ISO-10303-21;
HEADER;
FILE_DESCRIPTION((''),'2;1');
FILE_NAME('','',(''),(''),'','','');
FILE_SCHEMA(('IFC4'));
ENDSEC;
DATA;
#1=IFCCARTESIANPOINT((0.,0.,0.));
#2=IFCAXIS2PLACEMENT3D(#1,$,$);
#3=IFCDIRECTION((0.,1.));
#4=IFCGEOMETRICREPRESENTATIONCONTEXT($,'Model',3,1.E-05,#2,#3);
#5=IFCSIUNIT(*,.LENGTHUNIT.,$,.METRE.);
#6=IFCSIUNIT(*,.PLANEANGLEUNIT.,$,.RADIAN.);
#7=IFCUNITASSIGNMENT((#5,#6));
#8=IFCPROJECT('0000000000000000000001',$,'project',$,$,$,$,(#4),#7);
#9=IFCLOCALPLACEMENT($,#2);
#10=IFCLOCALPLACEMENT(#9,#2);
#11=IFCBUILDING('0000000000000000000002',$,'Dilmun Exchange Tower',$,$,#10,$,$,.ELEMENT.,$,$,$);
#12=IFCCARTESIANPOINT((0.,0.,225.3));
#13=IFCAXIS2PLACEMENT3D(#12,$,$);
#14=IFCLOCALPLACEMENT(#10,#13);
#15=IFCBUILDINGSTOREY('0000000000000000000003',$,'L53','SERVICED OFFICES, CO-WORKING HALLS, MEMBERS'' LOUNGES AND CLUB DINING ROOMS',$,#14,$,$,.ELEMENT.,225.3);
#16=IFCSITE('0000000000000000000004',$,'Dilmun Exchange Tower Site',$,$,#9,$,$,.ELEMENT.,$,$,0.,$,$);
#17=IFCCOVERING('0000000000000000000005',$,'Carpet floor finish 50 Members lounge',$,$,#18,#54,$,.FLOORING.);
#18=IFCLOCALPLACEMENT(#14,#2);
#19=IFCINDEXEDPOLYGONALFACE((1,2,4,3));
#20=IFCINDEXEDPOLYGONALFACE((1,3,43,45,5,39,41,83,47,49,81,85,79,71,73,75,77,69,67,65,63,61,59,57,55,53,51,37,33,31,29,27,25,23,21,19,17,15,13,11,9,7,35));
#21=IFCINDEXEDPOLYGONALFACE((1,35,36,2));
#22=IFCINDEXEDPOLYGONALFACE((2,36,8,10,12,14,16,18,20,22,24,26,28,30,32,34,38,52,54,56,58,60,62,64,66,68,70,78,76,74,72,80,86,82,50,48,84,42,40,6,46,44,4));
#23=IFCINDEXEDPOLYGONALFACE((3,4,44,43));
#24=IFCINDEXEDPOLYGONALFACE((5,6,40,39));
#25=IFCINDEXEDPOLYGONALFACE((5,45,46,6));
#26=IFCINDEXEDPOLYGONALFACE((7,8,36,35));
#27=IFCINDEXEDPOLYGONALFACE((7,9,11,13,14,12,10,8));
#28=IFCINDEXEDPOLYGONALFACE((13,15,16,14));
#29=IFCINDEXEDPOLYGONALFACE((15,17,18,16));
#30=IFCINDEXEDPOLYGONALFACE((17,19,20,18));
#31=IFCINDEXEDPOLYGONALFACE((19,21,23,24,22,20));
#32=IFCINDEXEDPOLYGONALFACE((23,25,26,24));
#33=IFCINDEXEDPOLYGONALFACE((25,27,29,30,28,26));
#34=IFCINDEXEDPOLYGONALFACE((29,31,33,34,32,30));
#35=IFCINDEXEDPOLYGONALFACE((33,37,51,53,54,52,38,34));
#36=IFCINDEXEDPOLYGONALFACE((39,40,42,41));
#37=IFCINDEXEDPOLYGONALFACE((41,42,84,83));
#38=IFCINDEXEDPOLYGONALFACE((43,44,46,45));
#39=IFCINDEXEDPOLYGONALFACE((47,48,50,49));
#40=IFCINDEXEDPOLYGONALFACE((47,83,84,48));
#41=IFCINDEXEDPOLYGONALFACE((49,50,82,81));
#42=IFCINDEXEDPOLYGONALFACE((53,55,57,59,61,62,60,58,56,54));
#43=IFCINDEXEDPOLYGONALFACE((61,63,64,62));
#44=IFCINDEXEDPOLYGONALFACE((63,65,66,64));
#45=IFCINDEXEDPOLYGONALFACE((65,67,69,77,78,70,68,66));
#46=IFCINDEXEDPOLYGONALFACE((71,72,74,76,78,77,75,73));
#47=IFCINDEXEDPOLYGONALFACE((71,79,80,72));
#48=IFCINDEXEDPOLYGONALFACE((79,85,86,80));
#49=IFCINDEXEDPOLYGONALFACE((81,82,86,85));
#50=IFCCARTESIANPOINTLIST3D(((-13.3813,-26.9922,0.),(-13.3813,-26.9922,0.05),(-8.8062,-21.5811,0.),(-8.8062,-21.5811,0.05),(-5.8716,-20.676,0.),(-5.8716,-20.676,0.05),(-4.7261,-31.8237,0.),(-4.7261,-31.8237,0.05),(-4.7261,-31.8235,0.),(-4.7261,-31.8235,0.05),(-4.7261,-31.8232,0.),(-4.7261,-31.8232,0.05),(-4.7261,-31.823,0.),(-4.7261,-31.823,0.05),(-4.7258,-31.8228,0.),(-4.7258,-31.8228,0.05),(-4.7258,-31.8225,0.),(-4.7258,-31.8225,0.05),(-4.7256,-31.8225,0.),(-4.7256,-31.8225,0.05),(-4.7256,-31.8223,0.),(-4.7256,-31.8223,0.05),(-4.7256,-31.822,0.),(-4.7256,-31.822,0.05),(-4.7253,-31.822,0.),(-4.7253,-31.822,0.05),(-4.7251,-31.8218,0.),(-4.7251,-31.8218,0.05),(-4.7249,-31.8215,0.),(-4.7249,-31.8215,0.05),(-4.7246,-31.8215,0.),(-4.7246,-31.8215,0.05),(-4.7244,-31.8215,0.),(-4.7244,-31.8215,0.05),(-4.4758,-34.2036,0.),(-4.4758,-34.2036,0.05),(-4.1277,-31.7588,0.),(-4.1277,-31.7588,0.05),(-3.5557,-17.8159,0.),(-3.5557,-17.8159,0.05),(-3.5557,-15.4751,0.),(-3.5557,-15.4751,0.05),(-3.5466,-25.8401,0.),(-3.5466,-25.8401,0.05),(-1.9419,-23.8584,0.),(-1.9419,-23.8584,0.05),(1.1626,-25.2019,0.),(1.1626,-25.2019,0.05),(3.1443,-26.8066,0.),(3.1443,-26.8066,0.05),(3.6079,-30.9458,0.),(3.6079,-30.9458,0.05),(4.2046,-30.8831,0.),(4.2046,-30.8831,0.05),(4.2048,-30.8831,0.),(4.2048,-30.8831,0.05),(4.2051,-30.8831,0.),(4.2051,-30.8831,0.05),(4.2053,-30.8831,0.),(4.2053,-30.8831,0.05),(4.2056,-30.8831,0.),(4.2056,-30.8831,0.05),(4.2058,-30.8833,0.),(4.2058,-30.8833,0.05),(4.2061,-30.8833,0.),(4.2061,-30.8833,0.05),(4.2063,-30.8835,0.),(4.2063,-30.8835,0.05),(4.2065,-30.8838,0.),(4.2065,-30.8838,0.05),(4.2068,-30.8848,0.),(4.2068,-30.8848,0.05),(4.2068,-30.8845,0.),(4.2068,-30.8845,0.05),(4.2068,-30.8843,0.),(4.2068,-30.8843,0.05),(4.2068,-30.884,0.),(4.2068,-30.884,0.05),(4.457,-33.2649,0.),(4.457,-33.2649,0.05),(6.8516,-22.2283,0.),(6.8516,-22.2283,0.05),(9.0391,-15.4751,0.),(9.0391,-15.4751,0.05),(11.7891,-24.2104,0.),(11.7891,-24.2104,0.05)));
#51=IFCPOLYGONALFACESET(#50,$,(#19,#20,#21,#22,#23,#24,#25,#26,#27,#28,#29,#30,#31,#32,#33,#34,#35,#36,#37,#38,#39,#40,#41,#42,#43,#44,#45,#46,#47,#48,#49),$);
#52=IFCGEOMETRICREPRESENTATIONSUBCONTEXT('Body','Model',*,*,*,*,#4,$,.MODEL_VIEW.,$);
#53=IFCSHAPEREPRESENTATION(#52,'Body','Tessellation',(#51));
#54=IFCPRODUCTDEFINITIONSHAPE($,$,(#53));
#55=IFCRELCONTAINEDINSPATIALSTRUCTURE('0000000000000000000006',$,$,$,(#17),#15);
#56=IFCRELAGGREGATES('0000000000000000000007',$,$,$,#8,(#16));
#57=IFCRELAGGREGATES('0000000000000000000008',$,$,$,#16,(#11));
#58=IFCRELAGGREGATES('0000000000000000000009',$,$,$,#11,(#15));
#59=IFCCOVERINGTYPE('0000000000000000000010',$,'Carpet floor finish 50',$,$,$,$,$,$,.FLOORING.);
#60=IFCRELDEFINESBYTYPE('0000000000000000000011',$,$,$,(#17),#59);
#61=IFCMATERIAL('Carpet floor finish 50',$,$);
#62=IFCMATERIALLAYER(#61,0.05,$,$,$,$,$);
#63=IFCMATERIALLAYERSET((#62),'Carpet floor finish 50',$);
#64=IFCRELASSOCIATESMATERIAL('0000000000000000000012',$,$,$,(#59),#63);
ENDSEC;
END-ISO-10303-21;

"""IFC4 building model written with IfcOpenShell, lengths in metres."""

from ifc_helpers import new_model, si_unit, direction, frame, origin, place, context, subcontext, project, spatial, polyline, outline, extrude, material, layer, layer_set, type_object, element, save


model = new_model("IFC4")

# Units and contexts
model_context = context("Model", 3, precision=1e-05, world=origin(), true_north=direction((0.0, 1.0)))
body_context = subcontext(model_context, "Body", "Model", "MODEL_VIEW")
ifc_project = project(units=[si_unit("LENGTHUNIT", "METRE"), si_unit("PLANEANGLEUNIT", "RADIAN")], contexts=[model_context])

# Site, building, storey
site_placement = place(None, origin())
site = spatial("IfcSite", under=ifc_project, at=site_placement, Name="Dilmun Exchange Tower Site", CompositionType="ELEMENT", RefElevation=0.0)
building_placement = place(site_placement, origin())
building = spatial("IfcBuilding", under=site, at=building_placement, Name="Dilmun Exchange Tower", CompositionType="ELEMENT")
storey_placement = place(building_placement, frame((0.0, 0.0, 225.3)))
storey = spatial("IfcBuildingStorey", under=building, at=storey_placement, Name="L53", Description="SERVICED OFFICES, CO-WORKING HALLS, MEMBERS' LOUNGES AND CLUB DINING ROOMS", CompositionType="ELEMENT", Elevation=225.3)

# Covering
ifc_material_1 = material(Name="Carpet floor finish 50")
ifc_layer_1 = layer(ifc_material_1, 0.05)
ifc_layer_set_1 = layer_set([ifc_layer_1], Name="Carpet floor finish 50")
covering_type_1 = type_object("IfcCoveringType", Name="Carpet floor finish 50", PredefinedType="FLOORING", material=ifc_layer_set_1)
covering_1_placement = place(storey_placement, origin())
element("IfcCovering", 1, at=covering_1_placement, inside=storey, type_object=covering_type_1, Name="Carpet floor finish 50 Members lounge", PredefinedType="FLOORING", context=body_context, shape_type="SweptSolid", body=[
    extrude(outline(polyline([(-3.5557, -15.4751), (9.0391, -15.4751), (1.1626, -25.2019), (3.1443, -26.8066), (6.8516, -22.2283), (11.7891, -24.2104), (4.457, -33.2649), (4.2068, -30.8848), (4.2068, -30.8845), (4.2068, -30.8845), (4.2068, -30.8843), (4.2068, -30.884), (4.2065, -30.8838), (4.2065, -30.8838), (4.2063, -30.8835), (4.2063, -30.8835), (4.2061, -30.8833), (4.2058, -30.8833), (4.2058, -30.8833), (4.2056, -30.8831), (4.2053, -30.8831), (4.2051, -30.8831), (4.2048, -30.8831), (4.2046, -30.8831), (3.6079, -30.9458), (-4.1277, -31.7588), (-4.7244, -31.8215), (-4.7246, -31.8215), (-4.7246, -31.8215), (-4.7249, -31.8215), (-4.7251, -31.8218), (-4.7251, -31.8218), (-4.7253, -31.822), (-4.7256, -31.822), (-4.7256, -31.8223), (-4.7256, -31.8225), (-4.7258, -31.8225), (-4.7258, -31.8228), (-4.7261, -31.823), (-4.7261, -31.823), (-4.7261, -31.8232), (-4.7261, -31.8235), (-4.7261, -31.8237), (-4.4758, -34.2036), (-13.3813, -26.9922), (-8.8062, -21.5811), (-3.5466, -25.8401), (-1.9419, -23.8584), (-5.8716, -20.676), (-3.5557, -17.8159), (-3.5557, -15.4751)])), origin(), (0.0, 0.0, 1.0), 0.05),
])

save(model, "model.ifc")
